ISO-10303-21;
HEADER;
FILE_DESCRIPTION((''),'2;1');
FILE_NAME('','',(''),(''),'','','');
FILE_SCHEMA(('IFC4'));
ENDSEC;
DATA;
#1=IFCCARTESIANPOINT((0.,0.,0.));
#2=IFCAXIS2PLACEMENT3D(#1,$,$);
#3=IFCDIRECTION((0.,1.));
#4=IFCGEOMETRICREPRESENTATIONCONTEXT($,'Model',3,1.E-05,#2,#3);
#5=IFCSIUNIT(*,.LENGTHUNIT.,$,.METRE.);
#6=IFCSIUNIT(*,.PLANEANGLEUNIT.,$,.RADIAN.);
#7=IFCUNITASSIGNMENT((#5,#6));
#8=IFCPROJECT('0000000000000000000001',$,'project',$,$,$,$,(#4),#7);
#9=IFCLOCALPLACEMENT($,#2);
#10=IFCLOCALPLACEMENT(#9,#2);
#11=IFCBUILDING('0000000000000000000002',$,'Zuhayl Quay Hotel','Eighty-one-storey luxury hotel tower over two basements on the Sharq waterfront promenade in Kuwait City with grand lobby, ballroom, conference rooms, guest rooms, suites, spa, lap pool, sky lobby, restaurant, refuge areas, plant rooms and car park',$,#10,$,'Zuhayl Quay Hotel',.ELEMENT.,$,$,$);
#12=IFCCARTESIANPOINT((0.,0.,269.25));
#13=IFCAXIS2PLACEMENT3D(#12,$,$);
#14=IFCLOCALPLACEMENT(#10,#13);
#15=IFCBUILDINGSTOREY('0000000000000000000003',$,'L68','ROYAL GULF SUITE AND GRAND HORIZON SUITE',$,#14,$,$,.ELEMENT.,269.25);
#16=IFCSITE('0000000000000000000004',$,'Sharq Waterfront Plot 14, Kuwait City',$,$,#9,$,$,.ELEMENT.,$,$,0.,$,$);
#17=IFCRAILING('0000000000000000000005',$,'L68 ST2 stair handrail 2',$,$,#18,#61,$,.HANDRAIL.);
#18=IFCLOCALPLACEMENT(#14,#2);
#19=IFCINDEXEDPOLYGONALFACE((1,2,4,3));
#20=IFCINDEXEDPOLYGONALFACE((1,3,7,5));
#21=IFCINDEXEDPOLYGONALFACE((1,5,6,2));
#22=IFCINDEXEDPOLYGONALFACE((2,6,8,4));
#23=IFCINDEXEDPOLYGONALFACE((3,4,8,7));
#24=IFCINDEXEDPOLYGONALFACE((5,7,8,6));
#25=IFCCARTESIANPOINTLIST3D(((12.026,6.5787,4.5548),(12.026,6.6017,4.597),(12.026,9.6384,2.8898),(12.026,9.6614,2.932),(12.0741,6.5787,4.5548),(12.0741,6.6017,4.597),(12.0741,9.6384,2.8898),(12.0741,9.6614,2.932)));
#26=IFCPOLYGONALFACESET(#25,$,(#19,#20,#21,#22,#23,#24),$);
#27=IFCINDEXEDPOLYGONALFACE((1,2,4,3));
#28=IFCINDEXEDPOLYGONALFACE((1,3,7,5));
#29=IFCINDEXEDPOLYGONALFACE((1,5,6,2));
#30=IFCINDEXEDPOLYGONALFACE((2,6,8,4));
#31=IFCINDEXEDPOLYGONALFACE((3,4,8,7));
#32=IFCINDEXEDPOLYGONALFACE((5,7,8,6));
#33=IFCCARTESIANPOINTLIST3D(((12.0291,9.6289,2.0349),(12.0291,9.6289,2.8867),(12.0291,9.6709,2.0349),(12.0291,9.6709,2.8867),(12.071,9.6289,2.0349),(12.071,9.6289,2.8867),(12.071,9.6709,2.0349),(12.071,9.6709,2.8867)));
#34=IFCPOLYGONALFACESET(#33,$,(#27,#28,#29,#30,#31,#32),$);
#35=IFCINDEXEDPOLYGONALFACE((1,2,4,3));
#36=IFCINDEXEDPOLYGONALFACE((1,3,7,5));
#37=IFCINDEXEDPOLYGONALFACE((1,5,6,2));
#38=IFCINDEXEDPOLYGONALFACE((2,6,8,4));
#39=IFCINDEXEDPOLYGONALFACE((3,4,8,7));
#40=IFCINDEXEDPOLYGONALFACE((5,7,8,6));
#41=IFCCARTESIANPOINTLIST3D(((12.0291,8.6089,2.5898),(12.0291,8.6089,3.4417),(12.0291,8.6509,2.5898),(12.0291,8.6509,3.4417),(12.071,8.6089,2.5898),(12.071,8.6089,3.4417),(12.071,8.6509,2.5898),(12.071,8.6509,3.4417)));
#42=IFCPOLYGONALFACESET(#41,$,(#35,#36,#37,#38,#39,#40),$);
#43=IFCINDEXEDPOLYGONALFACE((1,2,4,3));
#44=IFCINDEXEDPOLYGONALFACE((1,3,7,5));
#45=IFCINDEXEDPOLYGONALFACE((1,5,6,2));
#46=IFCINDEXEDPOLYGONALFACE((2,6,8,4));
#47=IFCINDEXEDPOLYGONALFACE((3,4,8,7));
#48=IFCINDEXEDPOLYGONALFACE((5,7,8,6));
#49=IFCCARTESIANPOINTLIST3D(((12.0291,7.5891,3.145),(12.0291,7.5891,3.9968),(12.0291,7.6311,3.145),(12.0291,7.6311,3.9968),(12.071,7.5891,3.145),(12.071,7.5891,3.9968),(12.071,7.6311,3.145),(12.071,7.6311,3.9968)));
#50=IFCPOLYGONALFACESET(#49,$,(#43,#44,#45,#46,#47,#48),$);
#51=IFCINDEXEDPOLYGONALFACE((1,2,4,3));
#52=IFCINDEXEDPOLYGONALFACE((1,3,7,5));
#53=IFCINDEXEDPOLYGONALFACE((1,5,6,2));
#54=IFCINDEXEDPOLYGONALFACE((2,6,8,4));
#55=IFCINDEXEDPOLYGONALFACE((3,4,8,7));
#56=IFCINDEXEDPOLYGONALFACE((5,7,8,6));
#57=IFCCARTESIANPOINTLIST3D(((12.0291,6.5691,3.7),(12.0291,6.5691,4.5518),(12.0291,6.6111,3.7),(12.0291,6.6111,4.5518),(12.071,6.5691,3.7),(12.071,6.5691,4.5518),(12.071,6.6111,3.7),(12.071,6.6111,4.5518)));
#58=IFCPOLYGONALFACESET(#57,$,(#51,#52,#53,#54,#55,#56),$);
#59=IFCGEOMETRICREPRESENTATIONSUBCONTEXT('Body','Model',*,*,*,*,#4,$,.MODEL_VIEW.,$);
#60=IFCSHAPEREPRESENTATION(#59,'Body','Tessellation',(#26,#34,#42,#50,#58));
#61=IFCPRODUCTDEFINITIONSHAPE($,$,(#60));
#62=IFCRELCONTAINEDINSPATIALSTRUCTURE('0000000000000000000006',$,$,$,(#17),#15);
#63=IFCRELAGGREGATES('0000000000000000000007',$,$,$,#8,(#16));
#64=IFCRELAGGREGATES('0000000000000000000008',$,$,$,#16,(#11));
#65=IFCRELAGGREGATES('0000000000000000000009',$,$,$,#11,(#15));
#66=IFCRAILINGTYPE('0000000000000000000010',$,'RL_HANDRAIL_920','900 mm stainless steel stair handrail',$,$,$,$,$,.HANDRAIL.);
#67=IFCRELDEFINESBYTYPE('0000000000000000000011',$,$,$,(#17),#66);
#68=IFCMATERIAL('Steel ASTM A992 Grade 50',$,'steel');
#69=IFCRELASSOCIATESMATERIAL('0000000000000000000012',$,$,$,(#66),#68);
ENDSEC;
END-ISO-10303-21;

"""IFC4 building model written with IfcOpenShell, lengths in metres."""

from ifc_helpers import new_model, si_unit, direction, frame, origin, origin_2d, place, context, subcontext, project, spatial, rectangle, extrude, material, type_object, element, save


model = new_model("IFC4")

# Units and contexts
model_context = context("Model", 3, precision=1e-05, world=origin(), true_north=direction((0.0, 1.0)))
body_context = subcontext(model_context, "Body", "Model", "MODEL_VIEW")
ifc_project = project(units=[si_unit("LENGTHUNIT", "METRE"), si_unit("PLANEANGLEUNIT", "RADIAN")], contexts=[model_context])

# Site, building, storey
site_placement = place(None, origin())
site = spatial("IfcSite", under=ifc_project, at=site_placement, Name="Sharq Waterfront Plot 14, Kuwait City", CompositionType="ELEMENT", RefElevation=0.0)
building_placement = place(site_placement, origin())
building = spatial("IfcBuilding", under=site, at=building_placement, Name="Zuhayl Quay Hotel", Description="Eighty-one-storey luxury hotel tower over two basements on the Sharq waterfront promenade in Kuwait City with grand lobby, ballroom, conference rooms, guest rooms, suites, spa, lap pool, sky lobby, restaurant, refuge areas, plant rooms and car park", LongName="Zuhayl Quay Hotel", CompositionType="ELEMENT")
storey_placement = place(building_placement, frame((0.0, 0.0, 269.25)))
storey = spatial("IfcBuildingStorey", under=building, at=storey_placement, Name="L68", Description="ROYAL GULF SUITE AND GRAND HORIZON SUITE", CompositionType="ELEMENT", Elevation=269.25)

# Shared definitions
ifc_material_1 = material(Name="Steel ASTM A992 Grade 50", Category="steel")

# Railing
railing_type = type_object("IfcRailingType", Name="RL_HANDRAIL_920", Description="900 mm stainless steel stair handrail", PredefinedType="HANDRAIL", material=ifc_material_1)
railing_placement = place(storey_placement, frame((12.05, 9.6499, 2.0349)))
element("IfcRailing", 1, at=railing_placement, inside=storey, type_object=railing_type, Name="L68 ST2 stair handrail 2", PredefinedType="HANDRAIL", context=body_context, shape_type="SweptSolid", body=[
    extrude(rectangle(XDim=0.0481, YDim=0.0481, at=origin_2d()), frame((0.0, 0.0, 0.876), z_axis=(0.0, -0.878372, 0.477978), x_axis=(1.0, 0.0, 0.0)), (0.0, 0.0, 1.0), 3.4834),
    extrude(rectangle(XDim=0.042, YDim=0.042, at=origin_2d()), origin(), (0.0, 0.0, 1.0), 0.8518),
    extrude(rectangle(XDim=0.042, YDim=0.042, at=origin_2d()), frame((0.0, -1.02, 0.5549)), (0.0, 0.0, 1.0), 0.8518),
    extrude(rectangle(XDim=0.042, YDim=0.042, at=origin_2d()), frame((0.0, -2.0398, 1.1101)), (0.0, 0.0, 1.0), 0.8518),
    extrude(rectangle(XDim=0.042, YDim=0.042, at=origin_2d()), frame((0.0, -3.0598, 1.665)), (0.0, 0.0, 1.0), 0.8518),
])

save(model, "model.ifc")
